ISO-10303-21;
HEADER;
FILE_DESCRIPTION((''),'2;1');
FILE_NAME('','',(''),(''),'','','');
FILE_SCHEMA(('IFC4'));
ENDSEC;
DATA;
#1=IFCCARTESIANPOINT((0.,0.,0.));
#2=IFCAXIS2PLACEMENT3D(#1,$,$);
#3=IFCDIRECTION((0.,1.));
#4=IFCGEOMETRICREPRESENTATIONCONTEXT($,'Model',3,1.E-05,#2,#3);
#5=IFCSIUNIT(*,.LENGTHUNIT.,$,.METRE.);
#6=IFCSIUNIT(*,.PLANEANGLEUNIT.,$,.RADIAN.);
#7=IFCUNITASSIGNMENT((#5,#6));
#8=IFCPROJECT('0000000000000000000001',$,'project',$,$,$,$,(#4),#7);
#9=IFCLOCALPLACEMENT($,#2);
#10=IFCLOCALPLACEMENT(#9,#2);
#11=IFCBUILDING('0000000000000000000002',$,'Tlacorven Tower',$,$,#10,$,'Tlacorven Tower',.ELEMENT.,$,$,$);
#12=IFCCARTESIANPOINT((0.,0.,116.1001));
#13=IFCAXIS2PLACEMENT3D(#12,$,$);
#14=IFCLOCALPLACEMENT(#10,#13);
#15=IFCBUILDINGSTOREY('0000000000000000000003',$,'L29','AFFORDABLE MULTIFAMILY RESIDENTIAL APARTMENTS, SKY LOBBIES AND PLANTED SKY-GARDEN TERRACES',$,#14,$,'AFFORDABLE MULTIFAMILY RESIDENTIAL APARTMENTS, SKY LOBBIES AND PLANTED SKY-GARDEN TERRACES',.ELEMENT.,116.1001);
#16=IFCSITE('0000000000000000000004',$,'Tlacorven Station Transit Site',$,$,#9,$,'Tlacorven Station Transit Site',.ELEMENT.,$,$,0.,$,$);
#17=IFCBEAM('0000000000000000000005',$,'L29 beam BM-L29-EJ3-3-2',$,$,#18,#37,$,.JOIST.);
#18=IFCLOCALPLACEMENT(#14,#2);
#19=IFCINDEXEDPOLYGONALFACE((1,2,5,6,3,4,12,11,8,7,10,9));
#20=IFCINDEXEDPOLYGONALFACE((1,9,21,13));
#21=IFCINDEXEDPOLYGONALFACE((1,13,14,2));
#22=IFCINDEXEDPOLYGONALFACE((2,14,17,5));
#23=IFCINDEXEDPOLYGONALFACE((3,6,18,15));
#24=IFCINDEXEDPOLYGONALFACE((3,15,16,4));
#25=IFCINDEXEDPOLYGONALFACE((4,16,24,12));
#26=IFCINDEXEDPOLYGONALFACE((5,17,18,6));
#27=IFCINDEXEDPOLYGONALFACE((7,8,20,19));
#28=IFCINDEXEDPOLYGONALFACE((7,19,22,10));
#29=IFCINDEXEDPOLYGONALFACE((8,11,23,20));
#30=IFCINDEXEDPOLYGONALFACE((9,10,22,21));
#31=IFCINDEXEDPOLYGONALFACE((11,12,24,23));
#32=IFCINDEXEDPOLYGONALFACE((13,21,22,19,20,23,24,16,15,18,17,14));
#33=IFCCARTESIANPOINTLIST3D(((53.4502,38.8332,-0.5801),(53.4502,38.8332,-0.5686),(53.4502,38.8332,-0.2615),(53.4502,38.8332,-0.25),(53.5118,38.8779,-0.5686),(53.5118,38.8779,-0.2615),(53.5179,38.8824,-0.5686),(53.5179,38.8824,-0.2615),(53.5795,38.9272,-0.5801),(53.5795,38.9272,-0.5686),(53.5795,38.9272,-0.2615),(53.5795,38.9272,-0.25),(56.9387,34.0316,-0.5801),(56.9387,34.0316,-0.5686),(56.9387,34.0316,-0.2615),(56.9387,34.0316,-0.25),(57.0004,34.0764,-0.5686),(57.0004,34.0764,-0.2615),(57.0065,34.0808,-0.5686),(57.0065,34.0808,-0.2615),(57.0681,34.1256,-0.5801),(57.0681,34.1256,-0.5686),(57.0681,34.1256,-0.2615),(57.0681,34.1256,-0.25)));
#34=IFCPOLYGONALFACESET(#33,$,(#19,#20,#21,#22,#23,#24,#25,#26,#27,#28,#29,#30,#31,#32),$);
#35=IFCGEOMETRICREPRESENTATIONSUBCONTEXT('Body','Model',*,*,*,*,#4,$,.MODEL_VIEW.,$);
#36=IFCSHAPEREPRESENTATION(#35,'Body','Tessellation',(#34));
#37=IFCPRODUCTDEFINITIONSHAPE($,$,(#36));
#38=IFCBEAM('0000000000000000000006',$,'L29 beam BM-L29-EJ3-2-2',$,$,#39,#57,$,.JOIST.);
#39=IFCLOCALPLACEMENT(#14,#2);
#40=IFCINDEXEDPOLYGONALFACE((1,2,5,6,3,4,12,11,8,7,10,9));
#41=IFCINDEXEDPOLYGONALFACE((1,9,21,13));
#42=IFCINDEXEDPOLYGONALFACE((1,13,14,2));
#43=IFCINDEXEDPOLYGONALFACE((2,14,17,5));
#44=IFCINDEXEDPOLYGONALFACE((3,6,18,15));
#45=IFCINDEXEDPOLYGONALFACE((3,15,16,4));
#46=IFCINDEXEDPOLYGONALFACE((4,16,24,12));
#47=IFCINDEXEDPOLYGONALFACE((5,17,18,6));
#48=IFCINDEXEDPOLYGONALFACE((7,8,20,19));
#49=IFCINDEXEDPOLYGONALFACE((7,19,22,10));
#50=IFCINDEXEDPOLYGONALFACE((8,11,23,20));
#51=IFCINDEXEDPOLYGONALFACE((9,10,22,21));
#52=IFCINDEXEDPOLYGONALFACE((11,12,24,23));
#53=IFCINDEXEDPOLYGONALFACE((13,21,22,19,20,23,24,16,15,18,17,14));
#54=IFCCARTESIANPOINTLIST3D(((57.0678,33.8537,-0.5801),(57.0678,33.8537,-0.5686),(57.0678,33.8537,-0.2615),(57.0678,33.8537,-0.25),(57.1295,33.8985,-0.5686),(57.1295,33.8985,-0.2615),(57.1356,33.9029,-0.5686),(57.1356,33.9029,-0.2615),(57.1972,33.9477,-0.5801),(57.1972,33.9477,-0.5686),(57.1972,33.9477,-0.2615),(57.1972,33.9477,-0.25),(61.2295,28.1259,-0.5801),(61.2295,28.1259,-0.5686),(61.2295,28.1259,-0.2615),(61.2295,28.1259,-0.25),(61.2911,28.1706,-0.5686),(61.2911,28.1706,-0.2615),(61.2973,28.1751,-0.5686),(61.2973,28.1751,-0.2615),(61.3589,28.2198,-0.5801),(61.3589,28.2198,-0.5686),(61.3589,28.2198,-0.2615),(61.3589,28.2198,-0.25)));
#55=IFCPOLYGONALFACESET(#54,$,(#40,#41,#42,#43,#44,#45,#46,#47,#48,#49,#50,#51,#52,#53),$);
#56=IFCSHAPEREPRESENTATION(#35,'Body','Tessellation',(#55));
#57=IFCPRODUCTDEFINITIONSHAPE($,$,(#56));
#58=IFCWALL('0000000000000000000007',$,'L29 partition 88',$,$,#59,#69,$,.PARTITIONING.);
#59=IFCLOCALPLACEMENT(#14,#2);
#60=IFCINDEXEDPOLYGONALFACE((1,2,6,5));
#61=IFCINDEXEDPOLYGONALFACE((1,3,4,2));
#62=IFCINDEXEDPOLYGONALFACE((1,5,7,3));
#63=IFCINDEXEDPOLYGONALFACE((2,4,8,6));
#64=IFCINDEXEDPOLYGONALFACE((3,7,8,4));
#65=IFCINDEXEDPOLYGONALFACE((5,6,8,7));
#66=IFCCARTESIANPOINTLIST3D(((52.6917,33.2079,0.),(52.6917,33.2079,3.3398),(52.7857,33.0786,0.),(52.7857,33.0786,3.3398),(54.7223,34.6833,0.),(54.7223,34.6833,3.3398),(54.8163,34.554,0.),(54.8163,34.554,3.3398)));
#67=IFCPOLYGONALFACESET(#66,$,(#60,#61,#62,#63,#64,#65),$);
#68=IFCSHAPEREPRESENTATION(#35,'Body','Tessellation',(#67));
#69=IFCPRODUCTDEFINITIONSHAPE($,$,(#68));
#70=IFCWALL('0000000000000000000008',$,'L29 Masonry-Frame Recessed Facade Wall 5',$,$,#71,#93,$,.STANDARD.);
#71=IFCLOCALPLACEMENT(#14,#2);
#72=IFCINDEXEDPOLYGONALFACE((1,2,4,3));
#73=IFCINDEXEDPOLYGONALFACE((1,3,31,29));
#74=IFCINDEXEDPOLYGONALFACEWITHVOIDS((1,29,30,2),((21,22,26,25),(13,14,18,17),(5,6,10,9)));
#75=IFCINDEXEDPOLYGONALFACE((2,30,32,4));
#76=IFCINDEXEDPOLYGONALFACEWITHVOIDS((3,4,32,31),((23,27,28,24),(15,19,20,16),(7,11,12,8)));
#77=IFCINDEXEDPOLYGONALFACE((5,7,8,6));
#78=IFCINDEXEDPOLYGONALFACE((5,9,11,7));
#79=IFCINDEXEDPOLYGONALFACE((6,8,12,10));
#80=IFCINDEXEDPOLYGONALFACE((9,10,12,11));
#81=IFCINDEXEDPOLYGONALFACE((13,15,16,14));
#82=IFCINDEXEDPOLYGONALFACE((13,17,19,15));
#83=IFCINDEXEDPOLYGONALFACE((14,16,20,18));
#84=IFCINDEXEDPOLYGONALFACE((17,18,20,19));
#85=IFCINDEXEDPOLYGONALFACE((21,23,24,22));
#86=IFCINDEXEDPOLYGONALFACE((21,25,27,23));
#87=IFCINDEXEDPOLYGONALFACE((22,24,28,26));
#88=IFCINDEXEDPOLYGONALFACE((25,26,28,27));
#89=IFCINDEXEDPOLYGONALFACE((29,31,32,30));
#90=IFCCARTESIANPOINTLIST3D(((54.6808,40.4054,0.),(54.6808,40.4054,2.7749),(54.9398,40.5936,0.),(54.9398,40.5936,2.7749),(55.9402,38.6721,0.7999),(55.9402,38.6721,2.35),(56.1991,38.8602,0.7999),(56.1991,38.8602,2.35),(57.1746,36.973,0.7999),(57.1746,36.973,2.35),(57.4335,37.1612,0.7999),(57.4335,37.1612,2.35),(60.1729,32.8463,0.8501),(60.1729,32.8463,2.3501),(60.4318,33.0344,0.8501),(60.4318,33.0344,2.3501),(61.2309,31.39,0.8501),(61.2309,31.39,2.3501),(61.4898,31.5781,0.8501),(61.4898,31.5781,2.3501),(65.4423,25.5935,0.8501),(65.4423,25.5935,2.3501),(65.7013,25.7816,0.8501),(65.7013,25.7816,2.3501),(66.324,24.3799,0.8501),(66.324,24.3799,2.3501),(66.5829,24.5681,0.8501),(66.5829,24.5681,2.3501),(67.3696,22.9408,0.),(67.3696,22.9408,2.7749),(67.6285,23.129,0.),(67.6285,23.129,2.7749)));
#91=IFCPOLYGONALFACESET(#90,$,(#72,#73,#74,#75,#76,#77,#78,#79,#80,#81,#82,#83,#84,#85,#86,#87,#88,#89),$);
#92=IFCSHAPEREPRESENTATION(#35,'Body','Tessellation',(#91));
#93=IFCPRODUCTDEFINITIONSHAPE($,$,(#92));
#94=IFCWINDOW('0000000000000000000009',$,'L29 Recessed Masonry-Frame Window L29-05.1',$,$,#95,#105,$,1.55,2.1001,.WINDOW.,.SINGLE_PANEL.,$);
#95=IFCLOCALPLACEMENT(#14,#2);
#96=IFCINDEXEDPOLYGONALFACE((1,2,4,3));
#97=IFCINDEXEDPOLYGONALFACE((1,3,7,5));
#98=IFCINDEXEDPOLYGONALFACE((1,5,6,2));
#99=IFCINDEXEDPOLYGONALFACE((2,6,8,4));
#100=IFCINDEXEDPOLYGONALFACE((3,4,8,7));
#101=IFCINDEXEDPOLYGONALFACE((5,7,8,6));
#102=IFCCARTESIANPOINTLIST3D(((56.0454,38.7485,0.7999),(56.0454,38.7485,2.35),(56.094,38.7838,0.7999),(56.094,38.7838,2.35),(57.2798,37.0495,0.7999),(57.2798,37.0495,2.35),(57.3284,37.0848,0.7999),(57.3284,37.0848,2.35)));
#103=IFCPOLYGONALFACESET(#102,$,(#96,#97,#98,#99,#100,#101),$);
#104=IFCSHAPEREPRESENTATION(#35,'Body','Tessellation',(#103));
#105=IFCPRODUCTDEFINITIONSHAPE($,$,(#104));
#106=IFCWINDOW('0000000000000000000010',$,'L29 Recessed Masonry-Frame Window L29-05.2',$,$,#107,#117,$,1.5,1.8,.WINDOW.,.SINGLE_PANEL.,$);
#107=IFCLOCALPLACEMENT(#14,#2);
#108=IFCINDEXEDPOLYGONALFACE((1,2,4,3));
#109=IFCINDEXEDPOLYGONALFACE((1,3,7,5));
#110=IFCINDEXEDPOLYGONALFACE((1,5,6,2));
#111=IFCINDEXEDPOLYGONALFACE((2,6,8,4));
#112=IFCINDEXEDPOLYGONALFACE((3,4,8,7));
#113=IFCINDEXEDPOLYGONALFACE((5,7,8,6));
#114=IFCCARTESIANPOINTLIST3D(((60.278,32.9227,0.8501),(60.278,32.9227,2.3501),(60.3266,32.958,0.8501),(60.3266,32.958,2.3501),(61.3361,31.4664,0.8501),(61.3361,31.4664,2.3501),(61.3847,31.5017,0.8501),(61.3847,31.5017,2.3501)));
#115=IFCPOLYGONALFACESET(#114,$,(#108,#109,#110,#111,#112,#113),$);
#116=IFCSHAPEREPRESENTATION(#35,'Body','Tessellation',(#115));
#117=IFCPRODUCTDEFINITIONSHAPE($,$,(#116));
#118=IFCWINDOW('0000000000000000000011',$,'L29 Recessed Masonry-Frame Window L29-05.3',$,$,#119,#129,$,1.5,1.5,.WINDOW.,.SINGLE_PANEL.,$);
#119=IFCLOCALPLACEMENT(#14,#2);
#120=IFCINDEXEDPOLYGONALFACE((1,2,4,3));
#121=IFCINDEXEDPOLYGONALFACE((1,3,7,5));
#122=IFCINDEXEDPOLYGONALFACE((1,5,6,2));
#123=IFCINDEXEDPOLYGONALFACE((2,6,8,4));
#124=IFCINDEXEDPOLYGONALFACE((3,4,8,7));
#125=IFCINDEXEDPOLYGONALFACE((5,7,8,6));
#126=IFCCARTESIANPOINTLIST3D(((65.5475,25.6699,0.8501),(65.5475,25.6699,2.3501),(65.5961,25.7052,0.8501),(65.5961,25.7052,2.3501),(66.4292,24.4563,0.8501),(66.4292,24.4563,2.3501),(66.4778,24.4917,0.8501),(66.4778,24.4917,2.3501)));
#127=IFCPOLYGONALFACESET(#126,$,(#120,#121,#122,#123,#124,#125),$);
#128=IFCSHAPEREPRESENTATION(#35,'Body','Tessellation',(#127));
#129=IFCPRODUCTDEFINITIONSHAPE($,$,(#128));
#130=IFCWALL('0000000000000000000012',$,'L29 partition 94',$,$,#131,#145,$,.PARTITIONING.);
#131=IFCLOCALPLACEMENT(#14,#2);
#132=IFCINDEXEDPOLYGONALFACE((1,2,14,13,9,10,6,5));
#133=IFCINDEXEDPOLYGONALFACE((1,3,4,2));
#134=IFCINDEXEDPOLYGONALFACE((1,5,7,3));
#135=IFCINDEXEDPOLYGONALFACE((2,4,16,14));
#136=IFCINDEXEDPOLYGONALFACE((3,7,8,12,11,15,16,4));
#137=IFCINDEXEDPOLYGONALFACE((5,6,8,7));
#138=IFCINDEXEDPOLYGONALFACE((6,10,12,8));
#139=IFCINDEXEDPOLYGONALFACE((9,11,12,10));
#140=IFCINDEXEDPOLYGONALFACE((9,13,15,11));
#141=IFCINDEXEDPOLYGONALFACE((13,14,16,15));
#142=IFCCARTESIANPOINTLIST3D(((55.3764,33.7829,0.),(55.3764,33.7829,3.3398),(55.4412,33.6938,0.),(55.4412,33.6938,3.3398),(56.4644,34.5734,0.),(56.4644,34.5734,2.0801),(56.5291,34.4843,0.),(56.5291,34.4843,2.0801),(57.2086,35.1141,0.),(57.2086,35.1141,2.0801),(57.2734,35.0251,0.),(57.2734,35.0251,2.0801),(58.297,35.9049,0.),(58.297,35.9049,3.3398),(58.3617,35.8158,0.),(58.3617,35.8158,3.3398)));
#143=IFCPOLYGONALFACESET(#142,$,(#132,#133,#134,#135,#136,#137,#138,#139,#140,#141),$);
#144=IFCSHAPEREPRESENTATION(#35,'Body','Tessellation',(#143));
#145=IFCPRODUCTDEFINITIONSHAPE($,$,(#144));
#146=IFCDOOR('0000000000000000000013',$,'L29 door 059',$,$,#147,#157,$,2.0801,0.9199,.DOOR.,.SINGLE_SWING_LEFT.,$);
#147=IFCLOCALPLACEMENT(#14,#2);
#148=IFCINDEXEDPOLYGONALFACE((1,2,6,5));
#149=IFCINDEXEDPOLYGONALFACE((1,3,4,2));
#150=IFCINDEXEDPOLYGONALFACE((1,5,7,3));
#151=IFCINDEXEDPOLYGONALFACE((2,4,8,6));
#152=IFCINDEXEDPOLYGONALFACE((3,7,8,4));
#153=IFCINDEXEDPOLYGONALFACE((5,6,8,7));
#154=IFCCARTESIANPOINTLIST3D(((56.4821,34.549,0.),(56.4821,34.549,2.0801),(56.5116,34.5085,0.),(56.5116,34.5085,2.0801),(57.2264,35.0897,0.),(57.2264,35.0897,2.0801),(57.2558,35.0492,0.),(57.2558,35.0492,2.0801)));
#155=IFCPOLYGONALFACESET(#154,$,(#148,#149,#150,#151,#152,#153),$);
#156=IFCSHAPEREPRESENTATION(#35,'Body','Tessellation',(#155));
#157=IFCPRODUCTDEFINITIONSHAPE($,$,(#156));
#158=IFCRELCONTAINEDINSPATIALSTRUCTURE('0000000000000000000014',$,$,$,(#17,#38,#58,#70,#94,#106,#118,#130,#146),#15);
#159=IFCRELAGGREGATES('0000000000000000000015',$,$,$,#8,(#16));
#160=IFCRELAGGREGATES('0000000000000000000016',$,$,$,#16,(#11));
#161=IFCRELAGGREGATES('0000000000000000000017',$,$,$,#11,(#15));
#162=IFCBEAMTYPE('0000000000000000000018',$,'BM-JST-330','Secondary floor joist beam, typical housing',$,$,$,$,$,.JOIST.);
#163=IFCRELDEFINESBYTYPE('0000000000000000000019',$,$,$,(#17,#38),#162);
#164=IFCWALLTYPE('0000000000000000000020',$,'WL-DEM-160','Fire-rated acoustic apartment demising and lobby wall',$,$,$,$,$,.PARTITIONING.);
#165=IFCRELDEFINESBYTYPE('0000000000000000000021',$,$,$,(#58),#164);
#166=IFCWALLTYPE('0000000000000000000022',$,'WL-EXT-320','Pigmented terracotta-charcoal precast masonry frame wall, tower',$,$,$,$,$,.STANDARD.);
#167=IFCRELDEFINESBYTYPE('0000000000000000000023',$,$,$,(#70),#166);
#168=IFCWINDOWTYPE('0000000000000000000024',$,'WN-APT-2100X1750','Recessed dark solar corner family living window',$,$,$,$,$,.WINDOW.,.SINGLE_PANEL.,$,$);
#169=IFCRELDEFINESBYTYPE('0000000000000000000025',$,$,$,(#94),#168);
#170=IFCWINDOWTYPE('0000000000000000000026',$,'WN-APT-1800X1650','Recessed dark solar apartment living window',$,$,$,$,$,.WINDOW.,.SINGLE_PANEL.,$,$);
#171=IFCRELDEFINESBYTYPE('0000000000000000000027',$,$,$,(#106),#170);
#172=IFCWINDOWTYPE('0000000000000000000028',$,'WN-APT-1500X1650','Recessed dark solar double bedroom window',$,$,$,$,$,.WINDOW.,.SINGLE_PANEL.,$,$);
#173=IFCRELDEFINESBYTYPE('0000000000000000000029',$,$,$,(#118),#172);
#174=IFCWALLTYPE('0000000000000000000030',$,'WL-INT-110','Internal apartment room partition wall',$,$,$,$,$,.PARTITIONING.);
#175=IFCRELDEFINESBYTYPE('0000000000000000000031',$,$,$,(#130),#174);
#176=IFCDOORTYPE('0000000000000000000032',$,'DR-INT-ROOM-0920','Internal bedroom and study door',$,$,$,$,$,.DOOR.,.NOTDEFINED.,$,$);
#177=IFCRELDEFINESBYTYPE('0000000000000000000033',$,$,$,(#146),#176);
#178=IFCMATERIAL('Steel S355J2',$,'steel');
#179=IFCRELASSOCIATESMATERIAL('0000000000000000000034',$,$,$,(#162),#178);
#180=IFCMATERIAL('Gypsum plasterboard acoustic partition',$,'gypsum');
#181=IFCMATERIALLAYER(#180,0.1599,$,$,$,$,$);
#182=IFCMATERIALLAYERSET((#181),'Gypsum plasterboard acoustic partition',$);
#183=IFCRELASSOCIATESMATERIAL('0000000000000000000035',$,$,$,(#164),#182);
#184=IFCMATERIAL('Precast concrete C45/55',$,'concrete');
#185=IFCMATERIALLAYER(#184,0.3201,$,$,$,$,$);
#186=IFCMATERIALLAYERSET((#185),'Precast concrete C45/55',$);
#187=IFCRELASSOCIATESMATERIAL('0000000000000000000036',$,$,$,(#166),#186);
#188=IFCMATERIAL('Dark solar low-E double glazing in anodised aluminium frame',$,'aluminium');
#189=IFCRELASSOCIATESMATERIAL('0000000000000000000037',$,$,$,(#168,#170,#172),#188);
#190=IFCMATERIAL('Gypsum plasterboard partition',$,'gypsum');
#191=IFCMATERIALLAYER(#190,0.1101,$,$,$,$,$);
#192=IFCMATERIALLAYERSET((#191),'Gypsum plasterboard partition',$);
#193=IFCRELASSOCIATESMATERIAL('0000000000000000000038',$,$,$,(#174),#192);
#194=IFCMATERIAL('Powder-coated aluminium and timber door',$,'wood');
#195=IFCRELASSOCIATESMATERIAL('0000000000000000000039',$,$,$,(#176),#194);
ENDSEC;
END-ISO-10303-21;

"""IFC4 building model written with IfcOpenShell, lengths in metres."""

from ifc_helpers import new_model, si_unit, direction, frame, frame_2d, origin, origin_2d, place, context, subcontext, project, spatial, rectangle, i_section, extrude, source, transform, mapped, material, layer, layer_set, material_profile, profile_set, type_object, element, fill, save


model = new_model("IFC4")

# Units and contexts
model_context = context("Model", 3, precision=1e-05, world=origin(), true_north=direction((0.0, 1.0)))
body_context = subcontext(model_context, "Body", "Model", "MODEL_VIEW")
ifc_project = project(units=[si_unit("LENGTHUNIT", "METRE"), si_unit("PLANEANGLEUNIT", "RADIAN")], contexts=[model_context])

# Site, building, storey
site_placement = place(None, origin())
site = spatial("IfcSite", under=ifc_project, at=site_placement, Name="Tlacorven Station Transit Site", LongName="Tlacorven Station Transit Site", CompositionType="ELEMENT", RefElevation=0.0)
building_placement = place(site_placement, origin())
building = spatial("IfcBuilding", under=site, at=building_placement, Name="Tlacorven Tower", LongName="Tlacorven Tower", CompositionType="ELEMENT")
storey_placement = place(building_placement, frame((0.0, 0.0, 116.1001)))
storey = spatial("IfcBuildingStorey", under=building, at=storey_placement, Name="L29", Description="AFFORDABLE MULTIFAMILY RESIDENTIAL APARTMENTS, SKY LOBBIES AND PLANTED SKY-GARDEN TERRACES", LongName="AFFORDABLE MULTIFAMILY RESIDENTIAL APARTMENTS, SKY LOBBIES AND PLANTED SKY-GARDEN TERRACES", CompositionType="ELEMENT", Elevation=116.1001)

# Beams
ifc_material_1 = material(Name="Steel S355J2", Category="steel")
ifc_material_profile_1 = material_profile(ifc_material_1, i_section(OverallWidth=0.1599, OverallDepth=0.3301, WebThickness=0.0076, FlangeThickness=0.0115, at=origin_2d()), Name="IPE 330")
ifc_profile_set_1 = profile_set([ifc_material_profile_1], Name="Steel S355J2")
beam_type_1 = type_object("IfcBeamType", Name="BM-JST-330", Description="Secondary floor joist beam, typical housing", PredefinedType="JOIST", material=ifc_profile_set_1)
shared_shape_1 = source(origin(), body_context, "Body", "SweptSolid", [
    extrude(i_section(OverallWidth=0.1599, OverallDepth=0.3301, WebThickness=0.0076, FlangeThickness=0.0115, at=origin_2d()), origin(), (0.0, 0.0, 1.0), 5.9351),
])
for number, where, z_axis, x_axis, name in (
    (1, (57.0034, 34.0786, -0.415), (-0.587788, 0.809015, 0.0), (-0.809015, -0.587788, 0.0), "L29 beam BM-L29-EJ3-3-2"),
):
    element("IfcBeam", number, at=place(storey_placement, frame(where, z_axis=z_axis, x_axis=x_axis)), inside=storey, type_object=beam_type_1, Name=name, PredefinedType="JOIST", context=body_context, shape_type="MappedRepresentation", body=[
        mapped(shared_shape_1, transform((0.0, 0.0, 0.0), scale=1.0)),
    ])
shared_shape_2 = source(origin(), body_context, "Body", "SweptSolid", [
    extrude(i_section(OverallWidth=0.1599, OverallDepth=0.3301, WebThickness=0.0076, FlangeThickness=0.0115, at=origin_2d()), origin(), (0.0, 0.0, 1.0), 7.0801),
])
beam_1_placement = place(storey_placement, frame((61.2942, 28.1729, -0.415), z_axis=(-0.587798, 0.809007, 0.0), x_axis=(-0.809007, -0.587798, 0.0)))
element("IfcBeam", 2, at=beam_1_placement, inside=storey, type_object=beam_type_1, Name="L29 beam BM-L29-EJ3-2-2", PredefinedType="JOIST", context=body_context, shape_type="MappedRepresentation", body=[
    mapped(shared_shape_2, transform((0.0, 0.0, 0.0), scale=1.0)),
])

# Wall
ifc_material_2 = material(Name="Gypsum plasterboard acoustic partition", Category="gypsum")
ifc_layer_1 = layer(ifc_material_2, 0.1599)
ifc_layer_set_1 = layer_set([ifc_layer_1], Name="Gypsum plasterboard acoustic partition")
wall_type_1 = type_object("IfcWallType", Name="WL-DEM-160", Description="Fire-rated acoustic apartment demising and lobby wall", PredefinedType="PARTITIONING", material=ifc_layer_set_1)
wall_1_placement = place(storey_placement, frame((52.7388, 33.1433, 0.0), z_axis=(0.0, 0.0, 1.0), x_axis=(0.809001, 0.587807, 0.0)))
element("IfcWall", 3, at=wall_1_placement, inside=storey, type_object=wall_type_1, Name="L29 partition 88", PredefinedType="PARTITIONING", context=body_context, shape_type="SweptSolid", body=[
    extrude(rectangle(XDim=2.51, YDim=0.1599, at=frame_2d((1.2549, 0.0))), origin(), (0.0, 0.0, 1.0), 3.3398),
])

# Wall, openings, windows
ifc_material_3 = material(Name="Precast concrete C45/55", Category="concrete")
ifc_layer_2 = layer(ifc_material_3, 0.3201)
ifc_layer_set_2 = layer_set([ifc_layer_2], Name="Precast concrete C45/55")
wall_type_2 = type_object("IfcWallType", Name="WL-EXT-320", Description="Pigmented terracotta-charcoal precast masonry frame wall, tower", PredefinedType="STANDARD", material=ifc_layer_set_2)
wall_2_placement = place(storey_placement, frame((54.8103, 40.4995, 0.0), z_axis=(0.0, 0.0, 1.0), x_axis=(0.587784, -0.809018, 0.0)))
wall_2 = element("IfcWall", 4, at=wall_2_placement, inside=storey, type_object=wall_type_2, Name="L29 Masonry-Frame Recessed Facade Wall 5", PredefinedType="STANDARD", context=body_context, shape_type="SweptSolid", body=[
    extrude(rectangle(XDim=21.5874, YDim=0.3201, at=frame_2d((10.7937, 0.0))), origin(), (0.0, 0.0, 1.0), 2.7749),
])
opening_1_placement = place(wall_2_placement, frame((2.1426, 0.0, 0.8)))
opening_1 = element("IfcOpeningElement", 5, at=opening_1_placement, cuts=wall_2, PredefinedType="OPENING", context=body_context, shape_type="SweptSolid", body=[
    extrude(rectangle(XDim=2.1001, YDim=1.55, at=frame_2d((1.05, 0.7749))), frame((0.0, 0.1699, 0.0), z_axis=(0.0, -1.0, 0.0), x_axis=(1.0, 0.0, 0.0)), (0.0, 0.0, 1.0), 0.3401),
])
opening_2_placement = place(wall_2_placement, frame((9.3438, 0.0, 0.8501)))
opening_2 = element("IfcOpeningElement", 6, at=opening_2_placement, cuts=wall_2, PredefinedType="OPENING", context=body_context, shape_type="SweptSolid", body=[
    extrude(rectangle(XDim=1.8, YDim=1.5, at=frame_2d((0.8999, 0.75))), frame((0.0, 0.1699, 0.0), z_axis=(0.0, -1.0, 0.0), x_axis=(1.0, 0.0, 0.0)), (0.0, 0.0, 1.0), 0.3401),
])
opening_3_placement = place(wall_2_placement, frame((18.3086, 0.0, 0.8501)))
opening_3 = element("IfcOpeningElement", 7, at=opening_3_placement, cuts=wall_2, PredefinedType="OPENING", context=body_context, shape_type="SweptSolid", body=[
    extrude(rectangle(XDim=1.5, YDim=1.5, at=frame_2d((0.75, 0.75))), frame((0.0, 0.1699, 0.0), z_axis=(0.0, -1.0, 0.0), x_axis=(1.0, 0.0, 0.0)), (0.0, 0.0, 1.0), 0.3401),
])
ifc_material_4 = material(Name="Dark solar low-E double glazing in anodised aluminium frame", Category="aluminium")
window_type_1 = type_object("IfcWindowType", Name="WN-APT-2100X1750", Description="Recessed dark solar corner family living window", PartitioningType="SINGLE_PANEL", PredefinedType="WINDOW", material=ifc_material_4)
shared_shape_3 = source(origin(), body_context, "Body", "SweptSolid", [
    extrude(rectangle(XDim=2.1001, YDim=1.55, at=frame_2d((1.05, 0.7749))), frame((0.0, 0.03, 0.0), z_axis=(0.0, -1.0, 0.0), x_axis=(1.0, 0.0, 0.0)), (0.0, 0.0, 1.0), 0.0601),
])
window_1_placement = place(opening_1_placement, origin())
window_1 = element("IfcWindow", 8, at=window_1_placement, inside=storey, type_object=window_type_1, Name="L29 Recessed Masonry-Frame Window L29-05.1", OverallHeight=1.55, OverallWidth=2.1001, PartitioningType="SINGLE_PANEL", PredefinedType="WINDOW", context=body_context, shape_type="MappedRepresentation", body=[
    mapped(shared_shape_3, transform((0.0, 0.0, 0.0), scale=1.0)),
])
fill(opening_1, window_1)
window_type_2 = type_object("IfcWindowType", Name="WN-APT-1800X1650", Description="Recessed dark solar apartment living window", PartitioningType="SINGLE_PANEL", PredefinedType="WINDOW", material=ifc_material_4)
shared_shape_4 = source(origin(), body_context, "Body", "SweptSolid", [
    extrude(rectangle(XDim=1.8, YDim=1.5, at=frame_2d((0.8999, 0.75))), frame((0.0, 0.03, 0.0), z_axis=(0.0, -1.0, 0.0), x_axis=(1.0, 0.0, 0.0)), (0.0, 0.0, 1.0), 0.0601),
])
window_2_placement = place(opening_2_placement, origin())
window_2 = element("IfcWindow", 9, at=window_2_placement, inside=storey, type_object=window_type_2, Name="L29 Recessed Masonry-Frame Window L29-05.2", OverallHeight=1.5, OverallWidth=1.8, PartitioningType="SINGLE_PANEL", PredefinedType="WINDOW", context=body_context, shape_type="MappedRepresentation", body=[
    mapped(shared_shape_4, transform((0.0, 0.0, 0.0), scale=1.0)),
])
fill(opening_2, window_2)
window_type_3 = type_object("IfcWindowType", Name="WN-APT-1500X1650", Description="Recessed dark solar double bedroom window", PartitioningType="SINGLE_PANEL", PredefinedType="WINDOW", material=ifc_material_4)
shared_shape_5 = source(origin(), body_context, "Body", "SweptSolid", [
    extrude(rectangle(XDim=1.5, YDim=1.5, at=frame_2d((0.75, 0.75))), frame((0.0, 0.03, 0.0), z_axis=(0.0, -1.0, 0.0), x_axis=(1.0, 0.0, 0.0)), (0.0, 0.0, 1.0), 0.0601),
])
window_3_placement = place(opening_3_placement, origin())
window_3 = element("IfcWindow", 10, at=window_3_placement, inside=storey, type_object=window_type_3, Name="L29 Recessed Masonry-Frame Window L29-05.3", OverallHeight=1.5, OverallWidth=1.5, PartitioningType="SINGLE_PANEL", PredefinedType="WINDOW", context=body_context, shape_type="MappedRepresentation", body=[
    mapped(shared_shape_5, transform((0.0, 0.0, 0.0), scale=1.0)),
])
fill(opening_3, window_3)

# Wall, opening, door
ifc_material_5 = material(Name="Gypsum plasterboard partition", Category="gypsum")
ifc_layer_3 = layer(ifc_material_5, 0.1101)
ifc_layer_set_3 = layer_set([ifc_layer_3], Name="Gypsum plasterboard partition")
wall_type_3 = type_object("IfcWallType", Name="WL-INT-110", Description="Internal apartment room partition wall", PredefinedType="PARTITIONING", material=ifc_layer_set_3)
wall_3_placement = place(storey_placement, frame((55.4087, 33.7383, 0.0), z_axis=(0.0, 0.0, 1.0), x_axis=(0.809005, 0.587802, 0.0)))
wall_3 = element("IfcWall", 11, at=wall_3_placement, inside=storey, type_object=wall_type_3, Name="L29 partition 94", PredefinedType="PARTITIONING", context=body_context, shape_type="SweptSolid", body=[
    extrude(rectangle(XDim=3.6101, YDim=0.1101, at=frame_2d((1.8052, 0.0))), origin(), (0.0, 0.0, 1.0), 3.3398),
])
opening_4_placement = place(wall_3_placement, frame((1.345, 0.0, 0.0)))
opening_4 = element("IfcOpeningElement", 12, at=opening_4_placement, cuts=wall_3, PredefinedType="OPENING", context=body_context, shape_type="SweptSolid", body=[
    extrude(rectangle(XDim=0.9199, YDim=2.0801, at=frame_2d((0.46, 1.04))), frame((0.0, 0.0649, 0.0), z_axis=(0.0, -1.0, 0.0), x_axis=(1.0, 0.0, 0.0)), (0.0, 0.0, 1.0), 0.1301),
])
ifc_material_6 = material(Name="Powder-coated aluminium and timber door", Category="wood")
door_type = type_object("IfcDoorType", Name="DR-INT-ROOM-0920", Description="Internal bedroom and study door", OperationType="NOTDEFINED", PredefinedType="DOOR", material=ifc_material_6)
shared_shape_6 = source(origin(), body_context, "Body", "SweptSolid", [
    extrude(rectangle(XDim=0.9199, YDim=2.0801, at=frame_2d((0.46, 1.04))), frame((0.0, 0.0249, 0.0), z_axis=(0.0, -1.0, 0.0), x_axis=(1.0, 0.0, 0.0)), (0.0, 0.0, 1.0), 0.05),
])
door_placement = place(opening_4_placement, origin())
door = element("IfcDoor", 13, at=door_placement, inside=storey, type_object=door_type, Name="L29 door 059", OperationType="SINGLE_SWING_LEFT", OverallHeight=2.0801, OverallWidth=0.9199, PredefinedType="DOOR", context=body_context, shape_type="MappedRepresentation", body=[
    mapped(shared_shape_6, transform((0.0, 0.0, 0.0), scale=1.0)),
])
fill(opening_4, door)

save(model, "model.ifc")
